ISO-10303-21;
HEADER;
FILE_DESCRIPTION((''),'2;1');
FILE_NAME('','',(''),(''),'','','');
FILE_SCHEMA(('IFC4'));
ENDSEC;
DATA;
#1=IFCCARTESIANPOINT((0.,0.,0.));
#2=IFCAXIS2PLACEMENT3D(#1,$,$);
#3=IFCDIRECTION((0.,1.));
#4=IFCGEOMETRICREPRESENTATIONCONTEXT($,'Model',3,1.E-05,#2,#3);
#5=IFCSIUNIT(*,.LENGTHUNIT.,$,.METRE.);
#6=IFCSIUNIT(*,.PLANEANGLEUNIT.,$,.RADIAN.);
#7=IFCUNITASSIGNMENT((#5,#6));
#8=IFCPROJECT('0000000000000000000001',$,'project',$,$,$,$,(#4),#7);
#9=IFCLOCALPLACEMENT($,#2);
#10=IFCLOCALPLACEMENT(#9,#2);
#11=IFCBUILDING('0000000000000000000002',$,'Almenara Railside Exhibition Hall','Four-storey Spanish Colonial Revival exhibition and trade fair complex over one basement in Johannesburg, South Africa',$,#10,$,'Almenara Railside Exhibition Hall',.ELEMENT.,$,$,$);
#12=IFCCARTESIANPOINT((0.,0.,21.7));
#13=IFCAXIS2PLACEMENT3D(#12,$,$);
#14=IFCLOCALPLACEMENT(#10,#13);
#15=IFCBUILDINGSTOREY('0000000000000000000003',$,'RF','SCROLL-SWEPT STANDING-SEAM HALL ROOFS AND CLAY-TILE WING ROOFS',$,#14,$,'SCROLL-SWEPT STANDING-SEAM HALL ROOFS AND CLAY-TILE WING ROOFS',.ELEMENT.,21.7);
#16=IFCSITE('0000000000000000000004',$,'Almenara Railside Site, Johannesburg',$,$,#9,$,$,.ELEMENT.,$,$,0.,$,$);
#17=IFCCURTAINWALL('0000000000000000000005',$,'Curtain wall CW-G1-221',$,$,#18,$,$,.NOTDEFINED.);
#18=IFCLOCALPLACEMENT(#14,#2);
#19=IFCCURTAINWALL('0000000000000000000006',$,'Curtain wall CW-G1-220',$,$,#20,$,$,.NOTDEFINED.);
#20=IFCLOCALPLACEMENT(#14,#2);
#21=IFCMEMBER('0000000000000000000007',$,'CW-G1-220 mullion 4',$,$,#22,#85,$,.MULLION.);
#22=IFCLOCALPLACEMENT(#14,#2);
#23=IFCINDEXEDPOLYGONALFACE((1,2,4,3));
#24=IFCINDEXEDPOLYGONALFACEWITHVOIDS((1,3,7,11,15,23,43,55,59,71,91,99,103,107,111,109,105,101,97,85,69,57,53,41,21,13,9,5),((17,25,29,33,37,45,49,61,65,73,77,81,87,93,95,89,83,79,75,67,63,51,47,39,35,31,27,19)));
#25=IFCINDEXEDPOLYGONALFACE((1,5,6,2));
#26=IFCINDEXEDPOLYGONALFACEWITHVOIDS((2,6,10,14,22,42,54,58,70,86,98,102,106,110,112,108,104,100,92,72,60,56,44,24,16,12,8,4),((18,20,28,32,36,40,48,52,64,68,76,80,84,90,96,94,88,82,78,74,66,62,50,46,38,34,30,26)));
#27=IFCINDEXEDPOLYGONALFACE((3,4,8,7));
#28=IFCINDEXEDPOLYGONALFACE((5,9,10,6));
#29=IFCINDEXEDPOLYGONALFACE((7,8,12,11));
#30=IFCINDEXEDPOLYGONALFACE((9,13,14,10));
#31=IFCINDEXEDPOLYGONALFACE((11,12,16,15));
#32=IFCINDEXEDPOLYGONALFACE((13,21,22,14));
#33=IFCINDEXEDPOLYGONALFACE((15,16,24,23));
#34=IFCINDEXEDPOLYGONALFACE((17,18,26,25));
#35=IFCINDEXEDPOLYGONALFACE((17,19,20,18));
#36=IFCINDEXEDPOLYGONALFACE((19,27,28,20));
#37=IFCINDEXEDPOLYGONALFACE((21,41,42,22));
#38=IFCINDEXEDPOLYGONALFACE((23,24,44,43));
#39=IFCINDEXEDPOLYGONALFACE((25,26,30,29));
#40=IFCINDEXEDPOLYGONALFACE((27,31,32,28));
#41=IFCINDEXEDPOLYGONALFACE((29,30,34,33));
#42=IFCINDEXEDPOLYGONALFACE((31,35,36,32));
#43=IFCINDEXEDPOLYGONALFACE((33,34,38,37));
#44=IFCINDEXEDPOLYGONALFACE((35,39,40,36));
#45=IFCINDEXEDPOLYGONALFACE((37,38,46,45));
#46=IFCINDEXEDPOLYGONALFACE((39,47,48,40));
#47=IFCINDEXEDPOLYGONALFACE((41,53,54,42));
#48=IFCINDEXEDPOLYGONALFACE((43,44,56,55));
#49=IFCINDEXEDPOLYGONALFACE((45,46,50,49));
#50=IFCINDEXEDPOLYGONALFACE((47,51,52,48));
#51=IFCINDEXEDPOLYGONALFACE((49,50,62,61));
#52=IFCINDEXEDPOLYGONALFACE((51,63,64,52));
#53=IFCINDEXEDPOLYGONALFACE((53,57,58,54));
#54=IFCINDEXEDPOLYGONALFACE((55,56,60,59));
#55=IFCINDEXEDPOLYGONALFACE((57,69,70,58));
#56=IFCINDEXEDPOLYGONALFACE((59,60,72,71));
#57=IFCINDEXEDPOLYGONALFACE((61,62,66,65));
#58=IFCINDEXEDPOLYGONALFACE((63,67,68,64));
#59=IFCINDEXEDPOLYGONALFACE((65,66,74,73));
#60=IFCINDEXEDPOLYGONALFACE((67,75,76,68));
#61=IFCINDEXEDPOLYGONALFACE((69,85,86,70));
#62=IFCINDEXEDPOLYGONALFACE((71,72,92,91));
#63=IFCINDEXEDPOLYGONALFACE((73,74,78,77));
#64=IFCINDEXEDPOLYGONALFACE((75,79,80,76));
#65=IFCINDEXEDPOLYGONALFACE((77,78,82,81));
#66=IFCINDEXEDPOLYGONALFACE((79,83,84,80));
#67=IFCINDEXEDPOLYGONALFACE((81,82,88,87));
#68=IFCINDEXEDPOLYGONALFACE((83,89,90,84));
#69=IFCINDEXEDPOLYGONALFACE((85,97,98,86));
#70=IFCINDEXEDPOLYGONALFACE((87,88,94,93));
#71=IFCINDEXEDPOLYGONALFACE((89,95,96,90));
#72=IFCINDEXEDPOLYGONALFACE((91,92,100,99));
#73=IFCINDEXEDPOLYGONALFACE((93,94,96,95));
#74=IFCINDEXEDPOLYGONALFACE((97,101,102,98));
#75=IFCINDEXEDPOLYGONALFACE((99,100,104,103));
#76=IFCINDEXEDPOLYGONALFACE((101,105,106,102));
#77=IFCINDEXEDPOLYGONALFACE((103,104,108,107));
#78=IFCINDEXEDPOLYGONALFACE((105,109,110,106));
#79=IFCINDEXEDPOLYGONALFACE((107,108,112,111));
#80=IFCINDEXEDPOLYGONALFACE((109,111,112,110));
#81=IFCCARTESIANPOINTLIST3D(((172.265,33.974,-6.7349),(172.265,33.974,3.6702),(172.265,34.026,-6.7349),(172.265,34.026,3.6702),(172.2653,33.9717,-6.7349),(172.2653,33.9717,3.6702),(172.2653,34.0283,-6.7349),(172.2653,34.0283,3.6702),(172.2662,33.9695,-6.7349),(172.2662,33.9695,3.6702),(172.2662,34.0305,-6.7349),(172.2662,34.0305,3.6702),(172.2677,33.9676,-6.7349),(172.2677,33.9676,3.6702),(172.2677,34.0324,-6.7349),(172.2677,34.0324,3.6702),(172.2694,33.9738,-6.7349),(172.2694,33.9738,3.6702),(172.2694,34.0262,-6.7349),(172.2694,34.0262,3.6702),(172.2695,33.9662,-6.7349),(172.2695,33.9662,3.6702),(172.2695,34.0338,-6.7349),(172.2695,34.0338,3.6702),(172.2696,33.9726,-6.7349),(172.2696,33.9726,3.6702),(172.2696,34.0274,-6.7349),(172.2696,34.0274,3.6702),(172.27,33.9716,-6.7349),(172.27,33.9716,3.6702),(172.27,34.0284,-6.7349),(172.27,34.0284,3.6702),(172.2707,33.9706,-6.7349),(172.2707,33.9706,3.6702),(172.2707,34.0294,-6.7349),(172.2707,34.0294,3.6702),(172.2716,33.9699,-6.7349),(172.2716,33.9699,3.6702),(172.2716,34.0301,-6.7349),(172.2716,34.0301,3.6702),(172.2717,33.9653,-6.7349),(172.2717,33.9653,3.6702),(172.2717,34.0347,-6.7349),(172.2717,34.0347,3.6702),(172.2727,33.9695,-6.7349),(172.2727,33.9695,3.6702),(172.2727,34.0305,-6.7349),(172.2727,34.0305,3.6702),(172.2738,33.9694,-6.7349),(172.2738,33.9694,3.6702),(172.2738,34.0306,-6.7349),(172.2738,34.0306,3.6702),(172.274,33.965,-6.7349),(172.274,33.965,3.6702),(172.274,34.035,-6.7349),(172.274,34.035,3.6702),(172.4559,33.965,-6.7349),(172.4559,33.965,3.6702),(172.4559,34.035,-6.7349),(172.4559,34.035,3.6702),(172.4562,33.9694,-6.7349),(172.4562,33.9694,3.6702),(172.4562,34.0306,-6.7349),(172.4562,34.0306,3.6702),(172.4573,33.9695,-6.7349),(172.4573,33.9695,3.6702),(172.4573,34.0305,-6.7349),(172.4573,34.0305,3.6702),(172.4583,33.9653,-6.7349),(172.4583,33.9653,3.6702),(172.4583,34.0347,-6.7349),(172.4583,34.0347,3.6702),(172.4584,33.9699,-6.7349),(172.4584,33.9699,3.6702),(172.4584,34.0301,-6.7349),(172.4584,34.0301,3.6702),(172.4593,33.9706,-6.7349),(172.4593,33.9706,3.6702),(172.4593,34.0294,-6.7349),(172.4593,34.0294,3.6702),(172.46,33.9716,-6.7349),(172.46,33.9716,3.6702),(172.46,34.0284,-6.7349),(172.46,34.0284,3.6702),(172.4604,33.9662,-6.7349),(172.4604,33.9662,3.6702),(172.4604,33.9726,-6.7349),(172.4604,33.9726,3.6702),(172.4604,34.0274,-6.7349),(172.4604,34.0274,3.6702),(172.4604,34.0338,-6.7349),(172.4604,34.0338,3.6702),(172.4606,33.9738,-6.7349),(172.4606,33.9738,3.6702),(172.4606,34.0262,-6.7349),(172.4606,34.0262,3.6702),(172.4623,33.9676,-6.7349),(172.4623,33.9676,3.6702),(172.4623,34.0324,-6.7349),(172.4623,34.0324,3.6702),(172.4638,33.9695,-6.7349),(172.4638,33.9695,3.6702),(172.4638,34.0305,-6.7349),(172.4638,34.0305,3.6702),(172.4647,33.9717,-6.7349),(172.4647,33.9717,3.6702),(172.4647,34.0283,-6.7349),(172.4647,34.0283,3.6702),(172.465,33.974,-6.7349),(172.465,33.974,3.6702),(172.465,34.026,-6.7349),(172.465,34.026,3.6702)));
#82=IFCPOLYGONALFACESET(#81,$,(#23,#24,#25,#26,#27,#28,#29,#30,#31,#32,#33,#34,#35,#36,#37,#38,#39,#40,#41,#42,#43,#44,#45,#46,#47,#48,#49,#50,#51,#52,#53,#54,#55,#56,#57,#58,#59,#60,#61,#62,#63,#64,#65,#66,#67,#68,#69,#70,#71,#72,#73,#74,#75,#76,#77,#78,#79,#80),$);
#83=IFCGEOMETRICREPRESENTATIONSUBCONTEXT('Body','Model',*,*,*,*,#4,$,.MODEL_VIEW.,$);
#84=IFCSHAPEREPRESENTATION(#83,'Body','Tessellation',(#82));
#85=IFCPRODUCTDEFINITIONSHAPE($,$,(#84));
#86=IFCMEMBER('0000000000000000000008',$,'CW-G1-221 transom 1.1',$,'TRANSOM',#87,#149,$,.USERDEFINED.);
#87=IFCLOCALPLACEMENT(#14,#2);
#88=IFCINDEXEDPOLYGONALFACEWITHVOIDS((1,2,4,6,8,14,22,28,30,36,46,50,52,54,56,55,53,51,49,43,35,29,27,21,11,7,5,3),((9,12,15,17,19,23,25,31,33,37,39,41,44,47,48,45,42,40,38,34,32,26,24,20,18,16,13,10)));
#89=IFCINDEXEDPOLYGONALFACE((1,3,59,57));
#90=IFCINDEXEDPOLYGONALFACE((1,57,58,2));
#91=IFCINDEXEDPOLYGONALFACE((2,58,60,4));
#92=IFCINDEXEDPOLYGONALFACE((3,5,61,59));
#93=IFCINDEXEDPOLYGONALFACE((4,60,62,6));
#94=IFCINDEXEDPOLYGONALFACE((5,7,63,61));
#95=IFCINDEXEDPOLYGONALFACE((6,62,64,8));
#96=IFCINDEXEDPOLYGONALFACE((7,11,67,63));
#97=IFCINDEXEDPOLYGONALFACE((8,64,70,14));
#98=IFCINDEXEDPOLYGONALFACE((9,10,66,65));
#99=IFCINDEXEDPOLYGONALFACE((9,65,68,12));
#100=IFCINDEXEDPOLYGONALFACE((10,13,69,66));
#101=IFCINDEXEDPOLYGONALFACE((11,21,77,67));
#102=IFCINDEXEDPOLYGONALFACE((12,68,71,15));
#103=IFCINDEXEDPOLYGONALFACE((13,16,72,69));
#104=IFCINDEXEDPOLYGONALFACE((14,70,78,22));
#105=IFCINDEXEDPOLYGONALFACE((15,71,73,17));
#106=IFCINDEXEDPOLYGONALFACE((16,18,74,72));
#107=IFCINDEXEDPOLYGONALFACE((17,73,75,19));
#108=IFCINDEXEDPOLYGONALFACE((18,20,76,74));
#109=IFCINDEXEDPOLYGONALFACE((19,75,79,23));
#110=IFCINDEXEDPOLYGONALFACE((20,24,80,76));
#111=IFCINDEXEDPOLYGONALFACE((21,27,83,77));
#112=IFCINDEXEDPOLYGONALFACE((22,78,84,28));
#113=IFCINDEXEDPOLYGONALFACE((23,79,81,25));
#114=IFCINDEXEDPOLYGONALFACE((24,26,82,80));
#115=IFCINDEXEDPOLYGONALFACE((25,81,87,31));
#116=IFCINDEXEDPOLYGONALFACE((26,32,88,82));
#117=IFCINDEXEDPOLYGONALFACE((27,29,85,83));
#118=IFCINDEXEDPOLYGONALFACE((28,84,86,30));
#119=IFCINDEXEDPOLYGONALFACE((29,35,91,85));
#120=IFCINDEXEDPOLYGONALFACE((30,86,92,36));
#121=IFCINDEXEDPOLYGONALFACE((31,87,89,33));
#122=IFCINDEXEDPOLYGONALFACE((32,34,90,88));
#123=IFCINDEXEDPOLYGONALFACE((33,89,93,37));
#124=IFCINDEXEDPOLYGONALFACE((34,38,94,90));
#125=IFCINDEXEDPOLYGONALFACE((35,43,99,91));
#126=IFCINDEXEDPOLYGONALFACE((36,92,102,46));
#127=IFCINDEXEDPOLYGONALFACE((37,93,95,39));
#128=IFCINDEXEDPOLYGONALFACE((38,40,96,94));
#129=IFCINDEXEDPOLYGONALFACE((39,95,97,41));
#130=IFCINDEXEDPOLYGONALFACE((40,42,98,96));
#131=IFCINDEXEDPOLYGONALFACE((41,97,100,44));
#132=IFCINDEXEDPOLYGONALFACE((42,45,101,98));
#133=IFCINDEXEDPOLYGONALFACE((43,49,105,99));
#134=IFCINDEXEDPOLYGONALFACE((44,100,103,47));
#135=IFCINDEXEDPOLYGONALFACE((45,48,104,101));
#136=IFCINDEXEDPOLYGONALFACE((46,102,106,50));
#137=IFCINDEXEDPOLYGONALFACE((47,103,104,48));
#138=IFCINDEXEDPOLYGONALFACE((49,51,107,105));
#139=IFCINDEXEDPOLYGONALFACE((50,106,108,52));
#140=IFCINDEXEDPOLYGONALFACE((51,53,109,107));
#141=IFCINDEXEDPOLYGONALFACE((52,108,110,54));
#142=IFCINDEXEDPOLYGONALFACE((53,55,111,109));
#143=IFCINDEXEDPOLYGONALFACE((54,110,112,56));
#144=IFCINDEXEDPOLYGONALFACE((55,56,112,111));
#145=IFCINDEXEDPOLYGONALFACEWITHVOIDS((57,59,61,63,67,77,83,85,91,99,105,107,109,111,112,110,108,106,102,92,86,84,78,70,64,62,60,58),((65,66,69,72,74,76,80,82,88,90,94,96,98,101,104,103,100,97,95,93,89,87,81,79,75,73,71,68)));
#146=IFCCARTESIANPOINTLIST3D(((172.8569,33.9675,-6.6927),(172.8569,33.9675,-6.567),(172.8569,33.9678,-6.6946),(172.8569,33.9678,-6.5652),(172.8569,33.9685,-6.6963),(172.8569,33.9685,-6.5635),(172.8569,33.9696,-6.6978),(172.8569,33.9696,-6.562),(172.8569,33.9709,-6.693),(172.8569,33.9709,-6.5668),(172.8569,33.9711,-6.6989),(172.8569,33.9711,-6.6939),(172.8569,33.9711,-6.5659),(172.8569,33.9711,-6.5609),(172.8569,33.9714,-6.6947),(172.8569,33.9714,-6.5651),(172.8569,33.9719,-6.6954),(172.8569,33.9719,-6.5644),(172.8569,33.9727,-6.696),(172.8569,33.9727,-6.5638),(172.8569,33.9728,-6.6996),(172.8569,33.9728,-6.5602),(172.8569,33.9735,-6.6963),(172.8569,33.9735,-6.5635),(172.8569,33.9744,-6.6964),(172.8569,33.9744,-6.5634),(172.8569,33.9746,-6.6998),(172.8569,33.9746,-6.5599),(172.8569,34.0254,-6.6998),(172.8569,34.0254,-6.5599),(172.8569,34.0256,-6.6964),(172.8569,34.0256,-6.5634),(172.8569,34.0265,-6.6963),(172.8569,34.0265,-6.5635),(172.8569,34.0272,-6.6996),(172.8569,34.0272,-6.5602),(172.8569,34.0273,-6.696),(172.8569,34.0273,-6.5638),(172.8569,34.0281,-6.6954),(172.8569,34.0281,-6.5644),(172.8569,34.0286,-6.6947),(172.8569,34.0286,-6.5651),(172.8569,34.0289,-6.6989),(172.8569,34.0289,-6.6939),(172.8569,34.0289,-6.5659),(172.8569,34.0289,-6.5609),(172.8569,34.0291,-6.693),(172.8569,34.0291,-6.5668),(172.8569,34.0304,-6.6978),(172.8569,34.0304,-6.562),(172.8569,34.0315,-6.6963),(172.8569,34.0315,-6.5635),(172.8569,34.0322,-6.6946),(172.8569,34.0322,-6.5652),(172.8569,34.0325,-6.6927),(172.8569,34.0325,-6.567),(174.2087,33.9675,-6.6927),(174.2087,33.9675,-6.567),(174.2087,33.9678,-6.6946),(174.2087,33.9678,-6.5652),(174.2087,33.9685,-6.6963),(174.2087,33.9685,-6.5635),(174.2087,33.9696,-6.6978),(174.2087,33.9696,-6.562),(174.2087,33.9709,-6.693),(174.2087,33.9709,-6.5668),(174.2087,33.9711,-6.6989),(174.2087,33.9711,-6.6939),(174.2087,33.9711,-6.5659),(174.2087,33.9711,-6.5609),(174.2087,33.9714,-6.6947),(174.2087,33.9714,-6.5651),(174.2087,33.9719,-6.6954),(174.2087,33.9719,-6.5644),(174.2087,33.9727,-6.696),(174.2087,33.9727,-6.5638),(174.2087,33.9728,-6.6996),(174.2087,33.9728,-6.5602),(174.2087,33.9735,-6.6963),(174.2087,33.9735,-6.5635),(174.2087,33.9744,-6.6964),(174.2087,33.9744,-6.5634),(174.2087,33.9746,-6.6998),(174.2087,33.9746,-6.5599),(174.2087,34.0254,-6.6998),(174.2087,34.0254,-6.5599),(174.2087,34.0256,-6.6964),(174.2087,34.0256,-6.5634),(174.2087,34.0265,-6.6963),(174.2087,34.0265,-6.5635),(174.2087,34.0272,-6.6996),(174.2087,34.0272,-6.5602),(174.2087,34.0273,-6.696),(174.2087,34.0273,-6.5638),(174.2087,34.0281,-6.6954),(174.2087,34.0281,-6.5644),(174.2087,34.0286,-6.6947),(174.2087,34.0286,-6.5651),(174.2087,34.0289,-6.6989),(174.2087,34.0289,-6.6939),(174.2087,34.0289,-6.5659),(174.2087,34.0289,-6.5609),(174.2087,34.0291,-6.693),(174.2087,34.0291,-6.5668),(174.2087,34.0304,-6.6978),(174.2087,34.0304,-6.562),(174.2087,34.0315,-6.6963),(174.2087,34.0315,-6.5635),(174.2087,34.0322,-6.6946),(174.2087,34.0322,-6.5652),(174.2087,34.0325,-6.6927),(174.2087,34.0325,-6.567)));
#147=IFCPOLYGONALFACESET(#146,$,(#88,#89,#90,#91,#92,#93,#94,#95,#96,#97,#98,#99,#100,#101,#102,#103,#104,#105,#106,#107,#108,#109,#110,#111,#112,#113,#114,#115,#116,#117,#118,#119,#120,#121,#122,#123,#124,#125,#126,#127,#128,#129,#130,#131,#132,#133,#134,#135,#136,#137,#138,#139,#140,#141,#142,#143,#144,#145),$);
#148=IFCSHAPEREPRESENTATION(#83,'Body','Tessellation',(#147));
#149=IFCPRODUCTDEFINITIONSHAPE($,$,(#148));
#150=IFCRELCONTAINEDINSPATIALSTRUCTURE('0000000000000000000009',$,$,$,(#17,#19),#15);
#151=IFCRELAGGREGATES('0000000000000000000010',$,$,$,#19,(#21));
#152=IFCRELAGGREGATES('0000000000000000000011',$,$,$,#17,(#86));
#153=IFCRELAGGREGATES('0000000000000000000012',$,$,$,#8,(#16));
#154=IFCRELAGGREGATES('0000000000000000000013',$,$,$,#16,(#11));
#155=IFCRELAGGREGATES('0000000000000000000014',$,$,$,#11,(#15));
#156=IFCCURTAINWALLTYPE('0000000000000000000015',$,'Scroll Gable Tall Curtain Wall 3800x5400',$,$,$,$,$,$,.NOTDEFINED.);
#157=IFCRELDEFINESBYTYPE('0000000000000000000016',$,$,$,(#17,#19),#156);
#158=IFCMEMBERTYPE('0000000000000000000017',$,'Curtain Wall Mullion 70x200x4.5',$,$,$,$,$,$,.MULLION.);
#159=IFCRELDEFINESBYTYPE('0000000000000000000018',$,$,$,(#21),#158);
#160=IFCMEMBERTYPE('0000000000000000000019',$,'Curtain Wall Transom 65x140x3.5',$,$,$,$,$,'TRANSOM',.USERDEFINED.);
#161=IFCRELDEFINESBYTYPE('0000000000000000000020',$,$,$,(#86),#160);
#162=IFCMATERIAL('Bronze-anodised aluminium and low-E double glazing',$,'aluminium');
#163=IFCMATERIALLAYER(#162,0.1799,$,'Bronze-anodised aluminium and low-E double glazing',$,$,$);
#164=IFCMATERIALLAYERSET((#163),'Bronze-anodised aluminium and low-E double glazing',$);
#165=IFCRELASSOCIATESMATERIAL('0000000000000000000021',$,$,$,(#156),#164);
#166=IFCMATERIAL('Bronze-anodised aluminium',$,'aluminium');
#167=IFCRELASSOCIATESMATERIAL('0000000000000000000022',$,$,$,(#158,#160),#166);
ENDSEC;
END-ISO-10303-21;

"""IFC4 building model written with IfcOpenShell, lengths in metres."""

from ifc_helpers import new_model, si_unit, direction, frame, origin, origin_2d, place, context, subcontext, project, spatial, hollow_rectangle, extrude, material, layer, layer_set, material_profile, profile_set, type_object, element, aggregate, save


model = new_model("IFC4")

# Units and contexts
model_context = context("Model", 3, precision=1e-05, world=origin(), true_north=direction((0.0, 1.0)))
body_context = subcontext(model_context, "Body", "Model", "MODEL_VIEW")
ifc_project = project(units=[si_unit("LENGTHUNIT", "METRE"), si_unit("PLANEANGLEUNIT", "RADIAN")], contexts=[model_context])

# Site, building, storey
site_placement = place(None, origin())
site = spatial("IfcSite", under=ifc_project, at=site_placement, Name="Almenara Railside Site, Johannesburg", CompositionType="ELEMENT", RefElevation=0.0)
building_placement = place(site_placement, origin())
building = spatial("IfcBuilding", under=site, at=building_placement, Name="Almenara Railside Exhibition Hall", Description="Four-storey Spanish Colonial Revival exhibition and trade fair complex over one basement in Johannesburg, South Africa", LongName="Almenara Railside Exhibition Hall", CompositionType="ELEMENT")
storey_placement = place(building_placement, frame((0.0, 0.0, 21.7)))
storey = spatial("IfcBuildingStorey", under=building, at=storey_placement, Name="RF", Description="SCROLL-SWEPT STANDING-SEAM HALL ROOFS AND CLAY-TILE WING ROOFS", LongName="SCROLL-SWEPT STANDING-SEAM HALL ROOFS AND CLAY-TILE WING ROOFS", CompositionType="ELEMENT", Elevation=21.7)

# Curtain wall
ifc_material_1 = material(Name="Bronze-anodised aluminium and low-E double glazing", Category="aluminium")
ifc_layer_1 = layer(ifc_material_1, 0.1799, Name="Bronze-anodised aluminium and low-E double glazing")
ifc_layer_set_1 = layer_set([ifc_layer_1], Name="Bronze-anodised aluminium and low-E double glazing")
curtain_wall_type = type_object("IfcCurtainWallType", Name="Scroll Gable Tall Curtain Wall 3800x5400", PredefinedType="NOTDEFINED", material=ifc_layer_set_1)
curtain_wall_1_placement = place(storey_placement, origin())
curtain_wall_1 = element("IfcCurtainWall", 1, at=curtain_wall_1_placement, inside=storey, type_object=curtain_wall_type, Name="Curtain wall CW-G1-221", PredefinedType="NOTDEFINED")
ifc_material_2 = material(Name="Bronze-anodised aluminium", Category="aluminium")

# Curtain wall, member
curtain_wall_2_placement = place(storey_placement, origin())
curtain_wall_2 = element("IfcCurtainWall", 2, at=curtain_wall_2_placement, inside=storey, type_object=curtain_wall_type, Name="Curtain wall CW-G1-220", PredefinedType="NOTDEFINED")
ifc_material_profile_1 = material_profile(ifc_material_2, hollow_rectangle(XDim=0.0701, YDim=0.2, WallThickness=0.0044, InnerFilletRadius=0.0044, OuterFilletRadius=0.009, at=origin_2d()), Name="ALU-MUL 70x200x4.5")
ifc_profile_set_1 = profile_set([ifc_material_profile_1], Name="Bronze-anodised aluminium")
member_type_1 = type_object("IfcMemberType", Name="Curtain Wall Mullion 70x200x4.5", PredefinedType="MULLION", material=ifc_profile_set_1)
member_1_placement = place(storey_placement, frame((172.365, 34.0, -6.7349), z_axis=(0.0, 0.0, 1.0), x_axis=(0.0, 1.0, 0.0)))
member_1 = element("IfcMember", 3, at=member_1_placement, type_object=member_type_1, Name="CW-G1-220 mullion 4", PredefinedType="MULLION", context=body_context, shape_type="SweptSolid", body=[
    extrude(hollow_rectangle(XDim=0.0701, YDim=0.2, WallThickness=0.0044, InnerFilletRadius=0.0044, OuterFilletRadius=0.009, at=origin_2d()), origin(), (0.0, 0.0, 1.0), 10.405),
])

# Member
ifc_material_profile_2 = material_profile(ifc_material_2, hollow_rectangle(XDim=0.0649, YDim=0.1399, WallThickness=0.0034, InnerFilletRadius=0.0034, OuterFilletRadius=0.0071, at=origin_2d()), Name="ALU-TRN 65x140x3.5")
ifc_profile_set_2 = profile_set([ifc_material_profile_2], Name="Bronze-anodised aluminium")
member_type_2 = type_object("IfcMemberType", Name="Curtain Wall Transom 65x140x3.5", ElementType="TRANSOM", PredefinedType="USERDEFINED", material=ifc_profile_set_2)
member_2_placement = place(storey_placement, frame((172.8569, 34.0, -6.6299), z_axis=(1.0, 0.0, 0.0), x_axis=(0.0, 1.0, 0.0)))
member_2 = element("IfcMember", 4, at=member_2_placement, type_object=member_type_2, Name="CW-G1-221 transom 1.1", ObjectType="TRANSOM", PredefinedType="USERDEFINED", context=body_context, shape_type="SweptSolid", body=[
    extrude(hollow_rectangle(XDim=0.0649, YDim=0.1399, WallThickness=0.0034, InnerFilletRadius=0.0034, OuterFilletRadius=0.0071, at=origin_2d()), origin(), (0.0, 0.0, 1.0), 1.3518),
])

aggregate(curtain_wall_2, [member_1])
aggregate(curtain_wall_1, [member_2])

save(model, "model.ifc")
